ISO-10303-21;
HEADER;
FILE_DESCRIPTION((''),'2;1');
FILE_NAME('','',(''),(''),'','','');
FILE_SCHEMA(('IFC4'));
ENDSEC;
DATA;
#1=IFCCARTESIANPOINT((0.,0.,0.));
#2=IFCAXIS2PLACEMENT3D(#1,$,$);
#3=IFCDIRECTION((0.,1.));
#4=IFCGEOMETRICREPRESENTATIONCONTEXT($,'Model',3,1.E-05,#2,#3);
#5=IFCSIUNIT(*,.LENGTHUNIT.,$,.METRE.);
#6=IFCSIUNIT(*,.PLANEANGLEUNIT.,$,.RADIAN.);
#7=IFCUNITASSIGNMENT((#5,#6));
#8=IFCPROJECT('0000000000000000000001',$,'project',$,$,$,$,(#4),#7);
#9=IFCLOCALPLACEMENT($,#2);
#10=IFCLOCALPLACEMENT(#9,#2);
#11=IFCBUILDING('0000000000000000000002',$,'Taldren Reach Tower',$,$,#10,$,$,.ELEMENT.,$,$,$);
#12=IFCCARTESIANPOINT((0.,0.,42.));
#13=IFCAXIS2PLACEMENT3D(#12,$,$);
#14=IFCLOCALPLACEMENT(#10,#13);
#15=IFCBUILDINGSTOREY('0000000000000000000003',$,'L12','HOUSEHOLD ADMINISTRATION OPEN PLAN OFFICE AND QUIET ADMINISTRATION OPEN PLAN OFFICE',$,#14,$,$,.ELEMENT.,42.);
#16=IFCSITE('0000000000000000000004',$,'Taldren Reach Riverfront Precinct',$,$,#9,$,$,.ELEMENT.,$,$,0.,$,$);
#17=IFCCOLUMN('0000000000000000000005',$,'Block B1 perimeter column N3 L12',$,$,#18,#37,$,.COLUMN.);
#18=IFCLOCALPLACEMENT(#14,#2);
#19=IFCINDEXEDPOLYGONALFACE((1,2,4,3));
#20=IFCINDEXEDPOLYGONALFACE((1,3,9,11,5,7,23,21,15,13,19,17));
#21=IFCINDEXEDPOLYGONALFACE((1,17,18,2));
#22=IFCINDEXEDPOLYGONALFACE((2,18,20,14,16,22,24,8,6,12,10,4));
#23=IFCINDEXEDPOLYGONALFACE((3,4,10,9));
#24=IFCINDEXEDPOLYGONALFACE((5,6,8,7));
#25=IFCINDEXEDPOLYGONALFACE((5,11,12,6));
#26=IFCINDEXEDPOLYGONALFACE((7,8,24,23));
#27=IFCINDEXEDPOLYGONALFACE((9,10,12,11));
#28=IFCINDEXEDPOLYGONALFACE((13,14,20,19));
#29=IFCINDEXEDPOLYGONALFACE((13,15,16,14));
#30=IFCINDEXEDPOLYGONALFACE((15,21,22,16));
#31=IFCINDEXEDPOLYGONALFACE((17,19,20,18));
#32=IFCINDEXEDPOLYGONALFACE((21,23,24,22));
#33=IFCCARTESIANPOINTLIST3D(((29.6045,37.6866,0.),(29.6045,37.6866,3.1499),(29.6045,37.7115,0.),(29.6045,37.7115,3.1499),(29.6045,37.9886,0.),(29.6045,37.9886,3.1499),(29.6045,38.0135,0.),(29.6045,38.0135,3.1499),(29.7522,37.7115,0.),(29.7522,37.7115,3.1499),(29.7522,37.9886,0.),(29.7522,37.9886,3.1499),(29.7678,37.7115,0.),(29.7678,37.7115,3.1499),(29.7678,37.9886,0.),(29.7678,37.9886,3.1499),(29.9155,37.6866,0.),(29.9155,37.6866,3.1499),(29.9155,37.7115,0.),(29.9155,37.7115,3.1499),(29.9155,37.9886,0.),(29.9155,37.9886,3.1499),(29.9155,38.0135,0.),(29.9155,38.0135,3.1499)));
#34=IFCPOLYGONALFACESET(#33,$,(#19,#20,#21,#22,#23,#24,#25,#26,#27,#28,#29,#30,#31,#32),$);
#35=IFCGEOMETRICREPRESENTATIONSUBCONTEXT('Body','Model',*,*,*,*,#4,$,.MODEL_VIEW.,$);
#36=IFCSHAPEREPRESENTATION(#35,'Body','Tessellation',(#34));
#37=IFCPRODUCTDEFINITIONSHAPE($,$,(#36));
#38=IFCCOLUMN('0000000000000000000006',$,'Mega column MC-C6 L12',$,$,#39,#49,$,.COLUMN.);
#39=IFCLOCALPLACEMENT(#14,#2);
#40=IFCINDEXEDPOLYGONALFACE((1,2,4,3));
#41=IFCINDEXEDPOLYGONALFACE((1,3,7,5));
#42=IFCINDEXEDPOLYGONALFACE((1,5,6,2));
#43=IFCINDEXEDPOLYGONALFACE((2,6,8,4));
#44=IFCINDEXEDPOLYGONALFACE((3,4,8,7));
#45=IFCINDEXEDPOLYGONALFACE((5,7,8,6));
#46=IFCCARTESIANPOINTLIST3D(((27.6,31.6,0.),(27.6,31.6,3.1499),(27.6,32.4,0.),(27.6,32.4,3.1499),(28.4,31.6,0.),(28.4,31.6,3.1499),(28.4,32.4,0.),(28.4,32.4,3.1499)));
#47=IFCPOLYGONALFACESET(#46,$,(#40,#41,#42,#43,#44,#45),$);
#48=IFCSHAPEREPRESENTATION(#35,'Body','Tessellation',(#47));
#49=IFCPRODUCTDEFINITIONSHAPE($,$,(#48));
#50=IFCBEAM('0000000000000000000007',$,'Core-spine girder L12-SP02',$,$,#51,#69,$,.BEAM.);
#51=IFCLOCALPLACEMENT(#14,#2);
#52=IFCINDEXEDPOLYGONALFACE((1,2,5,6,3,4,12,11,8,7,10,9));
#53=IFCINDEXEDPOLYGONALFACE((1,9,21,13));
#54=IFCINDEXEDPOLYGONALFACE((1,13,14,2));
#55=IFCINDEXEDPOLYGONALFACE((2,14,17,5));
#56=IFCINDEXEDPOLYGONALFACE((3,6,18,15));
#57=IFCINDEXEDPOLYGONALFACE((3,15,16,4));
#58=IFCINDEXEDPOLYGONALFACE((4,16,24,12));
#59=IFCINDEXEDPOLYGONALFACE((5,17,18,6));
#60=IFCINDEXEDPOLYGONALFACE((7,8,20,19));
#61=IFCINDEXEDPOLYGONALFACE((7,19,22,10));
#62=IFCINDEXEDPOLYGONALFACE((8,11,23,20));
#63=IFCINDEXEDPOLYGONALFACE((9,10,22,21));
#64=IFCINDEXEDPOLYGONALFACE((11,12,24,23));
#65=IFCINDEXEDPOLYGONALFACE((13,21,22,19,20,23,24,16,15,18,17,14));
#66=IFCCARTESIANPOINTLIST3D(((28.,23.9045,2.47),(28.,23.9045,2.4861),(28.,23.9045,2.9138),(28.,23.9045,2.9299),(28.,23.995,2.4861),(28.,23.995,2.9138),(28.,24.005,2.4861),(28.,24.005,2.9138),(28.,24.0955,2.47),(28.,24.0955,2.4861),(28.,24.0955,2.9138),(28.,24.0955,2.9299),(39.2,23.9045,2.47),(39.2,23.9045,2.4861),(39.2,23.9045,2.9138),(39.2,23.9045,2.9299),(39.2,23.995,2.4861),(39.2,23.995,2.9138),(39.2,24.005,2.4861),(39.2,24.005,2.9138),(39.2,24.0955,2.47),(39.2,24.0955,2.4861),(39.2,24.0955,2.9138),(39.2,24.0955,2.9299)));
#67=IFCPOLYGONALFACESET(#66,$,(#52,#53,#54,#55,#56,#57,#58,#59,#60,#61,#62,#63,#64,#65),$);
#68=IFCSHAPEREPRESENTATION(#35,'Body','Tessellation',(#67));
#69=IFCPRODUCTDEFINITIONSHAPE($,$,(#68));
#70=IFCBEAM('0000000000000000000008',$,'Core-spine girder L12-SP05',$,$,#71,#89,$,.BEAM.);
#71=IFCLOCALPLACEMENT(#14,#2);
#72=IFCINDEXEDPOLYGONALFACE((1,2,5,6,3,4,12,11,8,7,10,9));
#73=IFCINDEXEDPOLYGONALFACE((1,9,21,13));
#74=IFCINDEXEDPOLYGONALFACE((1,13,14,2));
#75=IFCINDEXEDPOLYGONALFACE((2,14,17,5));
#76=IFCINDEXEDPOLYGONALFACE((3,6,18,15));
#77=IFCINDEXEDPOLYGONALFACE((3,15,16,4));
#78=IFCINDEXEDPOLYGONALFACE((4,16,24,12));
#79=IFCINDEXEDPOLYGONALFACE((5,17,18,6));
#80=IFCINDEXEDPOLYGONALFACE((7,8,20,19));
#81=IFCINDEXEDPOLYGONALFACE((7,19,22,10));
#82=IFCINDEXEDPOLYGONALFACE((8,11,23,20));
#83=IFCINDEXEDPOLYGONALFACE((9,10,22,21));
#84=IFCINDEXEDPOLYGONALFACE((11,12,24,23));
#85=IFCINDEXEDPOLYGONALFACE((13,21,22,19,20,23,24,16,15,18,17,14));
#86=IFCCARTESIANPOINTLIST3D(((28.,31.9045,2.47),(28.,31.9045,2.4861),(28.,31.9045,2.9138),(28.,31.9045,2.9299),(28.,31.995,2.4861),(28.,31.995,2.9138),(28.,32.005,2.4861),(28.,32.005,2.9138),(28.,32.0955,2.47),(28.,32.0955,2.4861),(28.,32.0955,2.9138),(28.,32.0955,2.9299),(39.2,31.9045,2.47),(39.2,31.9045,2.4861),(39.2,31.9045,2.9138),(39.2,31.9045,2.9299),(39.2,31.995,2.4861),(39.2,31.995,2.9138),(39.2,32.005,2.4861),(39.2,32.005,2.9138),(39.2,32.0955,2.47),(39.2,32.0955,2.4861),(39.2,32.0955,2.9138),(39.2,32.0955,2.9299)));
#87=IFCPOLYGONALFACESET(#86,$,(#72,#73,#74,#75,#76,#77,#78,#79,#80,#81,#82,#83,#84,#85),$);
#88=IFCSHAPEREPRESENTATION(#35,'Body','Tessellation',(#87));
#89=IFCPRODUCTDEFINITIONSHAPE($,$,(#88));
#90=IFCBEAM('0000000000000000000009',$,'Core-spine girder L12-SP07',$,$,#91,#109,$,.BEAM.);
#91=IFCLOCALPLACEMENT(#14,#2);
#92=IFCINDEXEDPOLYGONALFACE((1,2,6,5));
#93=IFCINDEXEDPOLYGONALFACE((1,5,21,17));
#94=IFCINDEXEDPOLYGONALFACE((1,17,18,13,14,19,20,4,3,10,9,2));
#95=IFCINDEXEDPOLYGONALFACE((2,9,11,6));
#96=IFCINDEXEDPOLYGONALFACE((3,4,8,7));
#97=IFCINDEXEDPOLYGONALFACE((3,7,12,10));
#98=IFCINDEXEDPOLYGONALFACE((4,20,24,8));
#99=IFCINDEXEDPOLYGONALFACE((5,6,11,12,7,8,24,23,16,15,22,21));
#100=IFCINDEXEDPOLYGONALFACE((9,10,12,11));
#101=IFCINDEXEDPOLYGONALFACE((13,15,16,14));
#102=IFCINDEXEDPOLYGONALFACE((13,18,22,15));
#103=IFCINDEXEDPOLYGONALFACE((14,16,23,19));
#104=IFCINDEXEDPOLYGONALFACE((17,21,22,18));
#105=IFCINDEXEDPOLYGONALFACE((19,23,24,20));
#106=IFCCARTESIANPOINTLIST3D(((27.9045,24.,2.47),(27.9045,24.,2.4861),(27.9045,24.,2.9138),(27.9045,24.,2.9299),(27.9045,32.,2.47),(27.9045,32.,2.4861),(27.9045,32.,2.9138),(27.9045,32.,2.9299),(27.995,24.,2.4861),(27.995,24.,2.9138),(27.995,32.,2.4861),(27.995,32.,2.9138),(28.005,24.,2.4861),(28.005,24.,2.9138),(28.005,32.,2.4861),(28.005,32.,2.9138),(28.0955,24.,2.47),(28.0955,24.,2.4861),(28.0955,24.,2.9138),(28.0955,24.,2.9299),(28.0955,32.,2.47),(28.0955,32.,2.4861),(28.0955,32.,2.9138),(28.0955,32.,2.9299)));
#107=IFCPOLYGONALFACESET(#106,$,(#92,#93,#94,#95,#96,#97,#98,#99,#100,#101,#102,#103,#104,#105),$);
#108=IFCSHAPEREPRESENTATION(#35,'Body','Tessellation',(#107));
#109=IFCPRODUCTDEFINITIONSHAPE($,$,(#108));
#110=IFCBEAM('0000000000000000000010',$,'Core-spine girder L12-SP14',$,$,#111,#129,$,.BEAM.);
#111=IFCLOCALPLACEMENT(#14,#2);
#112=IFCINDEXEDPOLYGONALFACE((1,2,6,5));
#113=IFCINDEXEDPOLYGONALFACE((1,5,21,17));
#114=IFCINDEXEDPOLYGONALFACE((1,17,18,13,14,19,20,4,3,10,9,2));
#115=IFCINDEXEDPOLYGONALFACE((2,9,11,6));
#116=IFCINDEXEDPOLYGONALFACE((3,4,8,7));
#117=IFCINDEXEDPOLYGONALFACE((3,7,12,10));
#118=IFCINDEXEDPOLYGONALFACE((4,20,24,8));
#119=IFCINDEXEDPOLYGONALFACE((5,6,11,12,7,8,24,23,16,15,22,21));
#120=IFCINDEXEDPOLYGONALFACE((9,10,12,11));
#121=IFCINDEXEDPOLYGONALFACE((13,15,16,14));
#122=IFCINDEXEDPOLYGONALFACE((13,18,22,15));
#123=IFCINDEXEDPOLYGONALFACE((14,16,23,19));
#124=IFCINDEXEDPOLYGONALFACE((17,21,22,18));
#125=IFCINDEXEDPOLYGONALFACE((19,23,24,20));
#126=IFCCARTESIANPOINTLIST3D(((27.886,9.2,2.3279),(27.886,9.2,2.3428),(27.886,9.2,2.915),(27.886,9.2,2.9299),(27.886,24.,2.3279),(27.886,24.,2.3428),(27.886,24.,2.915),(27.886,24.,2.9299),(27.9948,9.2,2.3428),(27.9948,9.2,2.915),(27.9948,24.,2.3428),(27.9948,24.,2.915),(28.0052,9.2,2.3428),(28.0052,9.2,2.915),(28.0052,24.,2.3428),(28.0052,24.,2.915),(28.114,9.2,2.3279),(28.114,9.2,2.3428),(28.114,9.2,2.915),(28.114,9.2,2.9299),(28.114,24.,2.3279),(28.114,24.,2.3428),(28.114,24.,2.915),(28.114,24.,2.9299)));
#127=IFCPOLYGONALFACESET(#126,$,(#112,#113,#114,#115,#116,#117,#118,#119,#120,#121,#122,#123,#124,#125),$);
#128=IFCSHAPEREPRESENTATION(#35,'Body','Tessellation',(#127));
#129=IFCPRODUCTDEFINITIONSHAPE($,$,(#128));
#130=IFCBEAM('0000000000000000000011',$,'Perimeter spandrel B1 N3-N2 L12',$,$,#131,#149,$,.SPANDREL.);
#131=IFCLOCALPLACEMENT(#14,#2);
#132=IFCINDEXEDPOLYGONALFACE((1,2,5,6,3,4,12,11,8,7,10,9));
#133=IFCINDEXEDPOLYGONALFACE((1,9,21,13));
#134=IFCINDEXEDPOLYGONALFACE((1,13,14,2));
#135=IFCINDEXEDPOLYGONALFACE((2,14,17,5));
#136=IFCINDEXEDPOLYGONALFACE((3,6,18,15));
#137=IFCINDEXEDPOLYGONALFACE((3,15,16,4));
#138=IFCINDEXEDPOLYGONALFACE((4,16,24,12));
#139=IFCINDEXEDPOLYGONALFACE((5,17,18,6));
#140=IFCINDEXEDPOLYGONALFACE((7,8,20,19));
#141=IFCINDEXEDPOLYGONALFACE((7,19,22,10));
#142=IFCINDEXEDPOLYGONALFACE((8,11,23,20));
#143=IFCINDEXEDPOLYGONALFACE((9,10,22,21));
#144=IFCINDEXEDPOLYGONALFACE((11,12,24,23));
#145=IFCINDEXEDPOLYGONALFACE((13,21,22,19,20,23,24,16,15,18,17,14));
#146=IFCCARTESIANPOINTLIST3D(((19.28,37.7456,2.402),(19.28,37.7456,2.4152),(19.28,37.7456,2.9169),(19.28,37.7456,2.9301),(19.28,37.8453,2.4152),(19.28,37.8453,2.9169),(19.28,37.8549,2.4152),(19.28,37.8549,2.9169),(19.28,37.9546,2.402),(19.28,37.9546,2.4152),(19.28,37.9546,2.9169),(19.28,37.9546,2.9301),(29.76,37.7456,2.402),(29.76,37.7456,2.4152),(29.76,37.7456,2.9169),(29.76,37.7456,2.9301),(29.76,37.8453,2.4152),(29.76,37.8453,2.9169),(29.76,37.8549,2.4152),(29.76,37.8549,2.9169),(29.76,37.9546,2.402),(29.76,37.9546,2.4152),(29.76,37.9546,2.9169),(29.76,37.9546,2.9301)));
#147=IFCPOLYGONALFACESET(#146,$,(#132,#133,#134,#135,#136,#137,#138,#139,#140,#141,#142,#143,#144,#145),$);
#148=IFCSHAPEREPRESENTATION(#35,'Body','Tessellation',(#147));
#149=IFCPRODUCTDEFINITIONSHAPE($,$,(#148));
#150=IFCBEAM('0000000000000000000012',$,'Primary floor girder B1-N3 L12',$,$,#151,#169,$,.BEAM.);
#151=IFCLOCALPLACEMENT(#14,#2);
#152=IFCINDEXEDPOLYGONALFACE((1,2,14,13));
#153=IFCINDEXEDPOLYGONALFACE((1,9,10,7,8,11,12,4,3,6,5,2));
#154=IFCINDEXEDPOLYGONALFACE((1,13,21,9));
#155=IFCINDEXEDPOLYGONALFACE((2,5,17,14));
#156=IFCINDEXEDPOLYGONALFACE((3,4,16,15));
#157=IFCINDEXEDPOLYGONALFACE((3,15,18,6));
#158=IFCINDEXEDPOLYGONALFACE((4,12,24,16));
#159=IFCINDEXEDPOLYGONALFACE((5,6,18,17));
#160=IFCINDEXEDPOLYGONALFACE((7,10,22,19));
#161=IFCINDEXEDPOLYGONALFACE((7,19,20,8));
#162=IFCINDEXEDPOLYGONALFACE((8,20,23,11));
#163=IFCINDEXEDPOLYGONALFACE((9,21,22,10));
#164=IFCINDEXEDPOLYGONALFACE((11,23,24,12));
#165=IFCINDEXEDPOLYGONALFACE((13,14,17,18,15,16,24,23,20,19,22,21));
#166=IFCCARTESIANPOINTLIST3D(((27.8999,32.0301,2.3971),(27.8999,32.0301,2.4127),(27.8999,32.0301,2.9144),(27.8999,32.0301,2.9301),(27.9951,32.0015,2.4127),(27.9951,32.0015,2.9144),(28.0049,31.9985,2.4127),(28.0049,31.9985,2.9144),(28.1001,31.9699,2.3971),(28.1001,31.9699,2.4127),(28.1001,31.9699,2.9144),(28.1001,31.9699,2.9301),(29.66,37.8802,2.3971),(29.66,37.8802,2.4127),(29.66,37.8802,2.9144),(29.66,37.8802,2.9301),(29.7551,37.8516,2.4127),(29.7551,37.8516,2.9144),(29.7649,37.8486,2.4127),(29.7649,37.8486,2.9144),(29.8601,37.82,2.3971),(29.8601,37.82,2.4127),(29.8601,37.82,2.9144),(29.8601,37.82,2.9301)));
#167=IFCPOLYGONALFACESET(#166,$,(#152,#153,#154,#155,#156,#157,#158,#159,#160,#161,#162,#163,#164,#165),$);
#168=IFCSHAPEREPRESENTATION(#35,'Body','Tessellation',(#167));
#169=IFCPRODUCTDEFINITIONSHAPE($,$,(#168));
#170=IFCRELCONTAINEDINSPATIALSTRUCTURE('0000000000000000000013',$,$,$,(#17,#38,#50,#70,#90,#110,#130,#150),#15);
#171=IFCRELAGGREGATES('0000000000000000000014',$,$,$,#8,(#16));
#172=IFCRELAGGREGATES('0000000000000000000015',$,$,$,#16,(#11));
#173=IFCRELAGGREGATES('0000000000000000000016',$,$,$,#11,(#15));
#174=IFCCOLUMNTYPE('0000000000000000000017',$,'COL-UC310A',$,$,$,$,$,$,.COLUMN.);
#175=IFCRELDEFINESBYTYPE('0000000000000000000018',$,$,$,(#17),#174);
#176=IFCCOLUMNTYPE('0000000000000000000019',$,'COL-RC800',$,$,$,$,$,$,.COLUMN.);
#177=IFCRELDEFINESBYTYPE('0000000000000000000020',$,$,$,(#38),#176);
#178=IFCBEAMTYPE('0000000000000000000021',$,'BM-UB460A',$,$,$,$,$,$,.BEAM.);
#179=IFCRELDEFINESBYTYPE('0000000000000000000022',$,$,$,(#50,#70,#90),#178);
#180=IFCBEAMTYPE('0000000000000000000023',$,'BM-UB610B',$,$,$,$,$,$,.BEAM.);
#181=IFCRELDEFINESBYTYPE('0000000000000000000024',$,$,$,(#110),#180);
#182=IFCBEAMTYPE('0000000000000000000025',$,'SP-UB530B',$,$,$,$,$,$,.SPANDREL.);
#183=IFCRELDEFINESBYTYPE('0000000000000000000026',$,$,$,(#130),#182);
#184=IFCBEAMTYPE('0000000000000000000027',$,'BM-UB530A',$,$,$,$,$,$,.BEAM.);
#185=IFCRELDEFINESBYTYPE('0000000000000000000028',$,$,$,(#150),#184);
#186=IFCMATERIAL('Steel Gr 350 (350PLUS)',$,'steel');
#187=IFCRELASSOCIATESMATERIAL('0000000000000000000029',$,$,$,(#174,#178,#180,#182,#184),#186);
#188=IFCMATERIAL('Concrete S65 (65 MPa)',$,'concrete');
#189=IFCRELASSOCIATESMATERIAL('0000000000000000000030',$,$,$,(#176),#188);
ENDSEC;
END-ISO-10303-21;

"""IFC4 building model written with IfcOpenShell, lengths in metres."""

from ifc_helpers import new_model, si_unit, direction, frame, origin, origin_2d, place, context, subcontext, project, spatial, rectangle, i_section, extrude, source, transform, mapped, material, material_profile, profile_set, type_object, element, save


model = new_model("IFC4")

# Units and contexts
model_context = context("Model", 3, precision=1e-05, world=origin(), true_north=direction((0.0, 1.0)))
body_context = subcontext(model_context, "Body", "Model", "MODEL_VIEW")
ifc_project = project(units=[si_unit("LENGTHUNIT", "METRE"), si_unit("PLANEANGLEUNIT", "RADIAN")], contexts=[model_context])

# Site, building, storey
site_placement = place(None, origin())
site = spatial("IfcSite", under=ifc_project, at=site_placement, Name="Taldren Reach Riverfront Precinct", CompositionType="ELEMENT", RefElevation=0.0)
building_placement = place(site_placement, origin())
building = spatial("IfcBuilding", under=site, at=building_placement, Name="Taldren Reach Tower", CompositionType="ELEMENT")
storey_placement = place(building_placement, frame((0.0, 0.0, 42.0)))
storey = spatial("IfcBuildingStorey", under=building, at=storey_placement, Name="L12", Description="HOUSEHOLD ADMINISTRATION OPEN PLAN OFFICE AND QUIET ADMINISTRATION OPEN PLAN OFFICE", CompositionType="ELEMENT", Elevation=42.0)

# Columns
ifc_material_1 = material(Name="Steel Gr 350 (350PLUS)", Category="steel")
ifc_material_profile_1 = material_profile(ifc_material_1, i_section(OverallWidth=0.311, OverallDepth=0.3269, WebThickness=0.0156, FlangeThickness=0.0249, at=origin_2d()), Name="310UC158")
ifc_profile_set_1 = profile_set([ifc_material_profile_1], Name="Steel Gr 350 (350PLUS)")
column_type_1 = type_object("IfcColumnType", Name="COL-UC310A", PredefinedType="COLUMN", material=ifc_profile_set_1)
shared_shape_1 = source(origin(), body_context, "Body", "SweptSolid", [
    extrude(i_section(OverallWidth=0.311, OverallDepth=0.3269, WebThickness=0.0156, FlangeThickness=0.0249, at=origin_2d()), origin(), (0.0, 0.0, 1.0), 3.1499),
])
column_1_placement = place(storey_placement, frame((29.76, 37.8501, 0.0), z_axis=(0.0, 0.0, 1.0), x_axis=(1.0, 0.0, 0.0)))
element("IfcColumn", 1, at=column_1_placement, inside=storey, type_object=column_type_1, Name="Block B1 perimeter column N3 L12", PredefinedType="COLUMN", context=body_context, shape_type="MappedRepresentation", body=[
    mapped(shared_shape_1, transform((0.0, 0.0, 0.0), scale=1.0)),
])
ifc_material_2 = material(Name="Concrete S65 (65 MPa)", Category="concrete")
ifc_material_profile_2 = material_profile(ifc_material_2, rectangle(XDim=0.8, YDim=0.8, at=origin_2d()), Name="RC-800x800")
ifc_profile_set_2 = profile_set([ifc_material_profile_2], Name="Concrete S65 (65 MPa)")
column_type_2 = type_object("IfcColumnType", Name="COL-RC800", PredefinedType="COLUMN", material=ifc_profile_set_2)
shared_shape_2 = source(origin(), body_context, "Body", "SweptSolid", [
    extrude(rectangle(XDim=0.8, YDim=0.8, at=origin_2d()), origin(), (0.0, 0.0, 1.0), 3.1499),
])
column_2_placement = place(storey_placement, frame((28.0, 32.0, 0.0), z_axis=(0.0, 0.0, 1.0), x_axis=(1.0, 0.0, 0.0)))
element("IfcColumn", 2, at=column_2_placement, inside=storey, type_object=column_type_2, Name="Mega column MC-C6 L12", PredefinedType="COLUMN", context=body_context, shape_type="MappedRepresentation", body=[
    mapped(shared_shape_2, transform((0.0, 0.0, 0.0), scale=1.0)),
])

# Beams
ifc_material_profile_3 = material_profile(ifc_material_1, i_section(OverallWidth=0.1909, OverallDepth=0.46, WebThickness=0.01, FlangeThickness=0.0161, at=origin_2d()), Name="460UB82.1")
ifc_profile_set_3 = profile_set([ifc_material_profile_3], Name="Steel Gr 350 (350PLUS)")
beam_type_1 = type_object("IfcBeamType", Name="BM-UB460A", PredefinedType="BEAM", material=ifc_profile_set_3)
shared_shape_3 = source(origin(), body_context, "Body", "SweptSolid", [
    extrude(i_section(OverallWidth=0.1909, OverallDepth=0.46, WebThickness=0.01, FlangeThickness=0.0161, at=origin_2d()), origin(), (0.0, 0.0, 1.0), 11.2),
])
for number, where, z_axis, x_axis, name in (
    (3, (28.0, 24.0, 2.7), (1.0, 0.0, 0.0), (0.0, 1.0, 0.0), "Core-spine girder L12-SP02"),
    (4, (28.0, 32.0, 2.7), (1.0, 0.0, 0.0), (0.0, 1.0, 0.0), "Core-spine girder L12-SP05"),
):
    element("IfcBeam", number, at=place(storey_placement, frame(where, z_axis=z_axis, x_axis=x_axis)), inside=storey, type_object=beam_type_1, Name=name, PredefinedType="BEAM", context=body_context, shape_type="MappedRepresentation", body=[
        mapped(shared_shape_3, transform((0.0, 0.0, 0.0), scale=1.0)),
    ])
shared_shape_4 = source(origin(), body_context, "Body", "SweptSolid", [
    extrude(i_section(OverallWidth=0.1909, OverallDepth=0.46, WebThickness=0.01, FlangeThickness=0.0161, at=origin_2d()), origin(), (0.0, 0.0, 1.0), 8.0),
])
beam_1_placement = place(storey_placement, frame((28.0, 24.0, 2.7), z_axis=(0.0, 1.0, 0.0), x_axis=(-1.0, 0.0, 0.0)))
element("IfcBeam", 5, at=beam_1_placement, inside=storey, type_object=beam_type_1, Name="Core-spine girder L12-SP07", PredefinedType="BEAM", context=body_context, shape_type="MappedRepresentation", body=[
    mapped(shared_shape_4, transform((0.0, 0.0, 0.0), scale=1.0)),
])
ifc_material_profile_4 = material_profile(ifc_material_1, i_section(OverallWidth=0.228, OverallDepth=0.6021, WebThickness=0.0105, FlangeThickness=0.0149, at=origin_2d()), Name="610UB101")
ifc_profile_set_4 = profile_set([ifc_material_profile_4], Name="Steel Gr 350 (350PLUS)")
beam_type_2 = type_object("IfcBeamType", Name="BM-UB610B", PredefinedType="BEAM", material=ifc_profile_set_4)
shared_shape_5 = source(origin(), body_context, "Body", "SweptSolid", [
    extrude(i_section(OverallWidth=0.228, OverallDepth=0.6021, WebThickness=0.0105, FlangeThickness=0.0149, at=origin_2d()), origin(), (0.0, 0.0, 1.0), 14.8),
])
beam_2_placement = place(storey_placement, frame((28.0, 24.0, 2.6289), z_axis=(0.0, -1.0, 0.0), x_axis=(1.0, 0.0, 0.0)))
element("IfcBeam", 6, at=beam_2_placement, inside=storey, type_object=beam_type_2, Name="Core-spine girder L12-SP14", PredefinedType="BEAM", context=body_context, shape_type="MappedRepresentation", body=[
    mapped(shared_shape_5, transform((0.0, 0.0, 0.0), scale=1.0)),
])
ifc_material_profile_5 = material_profile(ifc_material_1, i_section(OverallWidth=0.209, OverallDepth=0.5281, WebThickness=0.0095, FlangeThickness=0.0132, at=origin_2d()), Name="530UB82.0")
ifc_profile_set_5 = profile_set([ifc_material_profile_5], Name="Steel Gr 350 (350PLUS)")
beam_type_3 = type_object("IfcBeamType", Name="SP-UB530B", PredefinedType="SPANDREL", material=ifc_profile_set_5)
shared_shape_6 = source(origin(), body_context, "Body", "SweptSolid", [
    extrude(i_section(OverallWidth=0.209, OverallDepth=0.5281, WebThickness=0.0095, FlangeThickness=0.0132, at=origin_2d()), origin(), (0.0, 0.0, 1.0), 10.48),
])
beam_3_placement = place(storey_placement, frame((29.76, 37.8501, 2.666), z_axis=(-1.0, 0.0, 0.0), x_axis=(0.0, -1.0, 0.0)))
element("IfcBeam", 7, at=beam_3_placement, inside=storey, type_object=beam_type_3, Name="Perimeter spandrel B1 N3-N2 L12", PredefinedType="SPANDREL", context=body_context, shape_type="MappedRepresentation", body=[
    mapped(shared_shape_6, transform((0.0, 0.0, 0.0), scale=1.0)),
])
ifc_material_profile_6 = material_profile(ifc_material_1, i_section(OverallWidth=0.209, OverallDepth=0.533, WebThickness=0.0103, FlangeThickness=0.0156, at=origin_2d()), Name="530UB92.4")
ifc_profile_set_6 = profile_set([ifc_material_profile_6], Name="Steel Gr 350 (350PLUS)")
beam_type_4 = type_object("IfcBeamType", Name="BM-UB530A", PredefinedType="BEAM", material=ifc_profile_set_6)
shared_shape_7 = source(origin(), body_context, "Body", "SweptSolid", [
    extrude(i_section(OverallWidth=0.209, OverallDepth=0.533, WebThickness=0.0103, FlangeThickness=0.0156, at=origin_2d()), origin(), (0.0, 0.0, 1.0), 6.1091),
])
beam_4_placement = place(storey_placement, frame((28.0, 32.0, 2.6636), z_axis=(0.288096, 0.957602, 0.0), x_axis=(-0.957602, 0.288096, 0.0)))
element("IfcBeam", 8, at=beam_4_placement, inside=storey, type_object=beam_type_4, Name="Primary floor girder B1-N3 L12", PredefinedType="BEAM", context=body_context, shape_type="MappedRepresentation", body=[
    mapped(shared_shape_7, transform((0.0, 0.0, 0.0), scale=1.0)),
])

save(model, "model.ifc")
